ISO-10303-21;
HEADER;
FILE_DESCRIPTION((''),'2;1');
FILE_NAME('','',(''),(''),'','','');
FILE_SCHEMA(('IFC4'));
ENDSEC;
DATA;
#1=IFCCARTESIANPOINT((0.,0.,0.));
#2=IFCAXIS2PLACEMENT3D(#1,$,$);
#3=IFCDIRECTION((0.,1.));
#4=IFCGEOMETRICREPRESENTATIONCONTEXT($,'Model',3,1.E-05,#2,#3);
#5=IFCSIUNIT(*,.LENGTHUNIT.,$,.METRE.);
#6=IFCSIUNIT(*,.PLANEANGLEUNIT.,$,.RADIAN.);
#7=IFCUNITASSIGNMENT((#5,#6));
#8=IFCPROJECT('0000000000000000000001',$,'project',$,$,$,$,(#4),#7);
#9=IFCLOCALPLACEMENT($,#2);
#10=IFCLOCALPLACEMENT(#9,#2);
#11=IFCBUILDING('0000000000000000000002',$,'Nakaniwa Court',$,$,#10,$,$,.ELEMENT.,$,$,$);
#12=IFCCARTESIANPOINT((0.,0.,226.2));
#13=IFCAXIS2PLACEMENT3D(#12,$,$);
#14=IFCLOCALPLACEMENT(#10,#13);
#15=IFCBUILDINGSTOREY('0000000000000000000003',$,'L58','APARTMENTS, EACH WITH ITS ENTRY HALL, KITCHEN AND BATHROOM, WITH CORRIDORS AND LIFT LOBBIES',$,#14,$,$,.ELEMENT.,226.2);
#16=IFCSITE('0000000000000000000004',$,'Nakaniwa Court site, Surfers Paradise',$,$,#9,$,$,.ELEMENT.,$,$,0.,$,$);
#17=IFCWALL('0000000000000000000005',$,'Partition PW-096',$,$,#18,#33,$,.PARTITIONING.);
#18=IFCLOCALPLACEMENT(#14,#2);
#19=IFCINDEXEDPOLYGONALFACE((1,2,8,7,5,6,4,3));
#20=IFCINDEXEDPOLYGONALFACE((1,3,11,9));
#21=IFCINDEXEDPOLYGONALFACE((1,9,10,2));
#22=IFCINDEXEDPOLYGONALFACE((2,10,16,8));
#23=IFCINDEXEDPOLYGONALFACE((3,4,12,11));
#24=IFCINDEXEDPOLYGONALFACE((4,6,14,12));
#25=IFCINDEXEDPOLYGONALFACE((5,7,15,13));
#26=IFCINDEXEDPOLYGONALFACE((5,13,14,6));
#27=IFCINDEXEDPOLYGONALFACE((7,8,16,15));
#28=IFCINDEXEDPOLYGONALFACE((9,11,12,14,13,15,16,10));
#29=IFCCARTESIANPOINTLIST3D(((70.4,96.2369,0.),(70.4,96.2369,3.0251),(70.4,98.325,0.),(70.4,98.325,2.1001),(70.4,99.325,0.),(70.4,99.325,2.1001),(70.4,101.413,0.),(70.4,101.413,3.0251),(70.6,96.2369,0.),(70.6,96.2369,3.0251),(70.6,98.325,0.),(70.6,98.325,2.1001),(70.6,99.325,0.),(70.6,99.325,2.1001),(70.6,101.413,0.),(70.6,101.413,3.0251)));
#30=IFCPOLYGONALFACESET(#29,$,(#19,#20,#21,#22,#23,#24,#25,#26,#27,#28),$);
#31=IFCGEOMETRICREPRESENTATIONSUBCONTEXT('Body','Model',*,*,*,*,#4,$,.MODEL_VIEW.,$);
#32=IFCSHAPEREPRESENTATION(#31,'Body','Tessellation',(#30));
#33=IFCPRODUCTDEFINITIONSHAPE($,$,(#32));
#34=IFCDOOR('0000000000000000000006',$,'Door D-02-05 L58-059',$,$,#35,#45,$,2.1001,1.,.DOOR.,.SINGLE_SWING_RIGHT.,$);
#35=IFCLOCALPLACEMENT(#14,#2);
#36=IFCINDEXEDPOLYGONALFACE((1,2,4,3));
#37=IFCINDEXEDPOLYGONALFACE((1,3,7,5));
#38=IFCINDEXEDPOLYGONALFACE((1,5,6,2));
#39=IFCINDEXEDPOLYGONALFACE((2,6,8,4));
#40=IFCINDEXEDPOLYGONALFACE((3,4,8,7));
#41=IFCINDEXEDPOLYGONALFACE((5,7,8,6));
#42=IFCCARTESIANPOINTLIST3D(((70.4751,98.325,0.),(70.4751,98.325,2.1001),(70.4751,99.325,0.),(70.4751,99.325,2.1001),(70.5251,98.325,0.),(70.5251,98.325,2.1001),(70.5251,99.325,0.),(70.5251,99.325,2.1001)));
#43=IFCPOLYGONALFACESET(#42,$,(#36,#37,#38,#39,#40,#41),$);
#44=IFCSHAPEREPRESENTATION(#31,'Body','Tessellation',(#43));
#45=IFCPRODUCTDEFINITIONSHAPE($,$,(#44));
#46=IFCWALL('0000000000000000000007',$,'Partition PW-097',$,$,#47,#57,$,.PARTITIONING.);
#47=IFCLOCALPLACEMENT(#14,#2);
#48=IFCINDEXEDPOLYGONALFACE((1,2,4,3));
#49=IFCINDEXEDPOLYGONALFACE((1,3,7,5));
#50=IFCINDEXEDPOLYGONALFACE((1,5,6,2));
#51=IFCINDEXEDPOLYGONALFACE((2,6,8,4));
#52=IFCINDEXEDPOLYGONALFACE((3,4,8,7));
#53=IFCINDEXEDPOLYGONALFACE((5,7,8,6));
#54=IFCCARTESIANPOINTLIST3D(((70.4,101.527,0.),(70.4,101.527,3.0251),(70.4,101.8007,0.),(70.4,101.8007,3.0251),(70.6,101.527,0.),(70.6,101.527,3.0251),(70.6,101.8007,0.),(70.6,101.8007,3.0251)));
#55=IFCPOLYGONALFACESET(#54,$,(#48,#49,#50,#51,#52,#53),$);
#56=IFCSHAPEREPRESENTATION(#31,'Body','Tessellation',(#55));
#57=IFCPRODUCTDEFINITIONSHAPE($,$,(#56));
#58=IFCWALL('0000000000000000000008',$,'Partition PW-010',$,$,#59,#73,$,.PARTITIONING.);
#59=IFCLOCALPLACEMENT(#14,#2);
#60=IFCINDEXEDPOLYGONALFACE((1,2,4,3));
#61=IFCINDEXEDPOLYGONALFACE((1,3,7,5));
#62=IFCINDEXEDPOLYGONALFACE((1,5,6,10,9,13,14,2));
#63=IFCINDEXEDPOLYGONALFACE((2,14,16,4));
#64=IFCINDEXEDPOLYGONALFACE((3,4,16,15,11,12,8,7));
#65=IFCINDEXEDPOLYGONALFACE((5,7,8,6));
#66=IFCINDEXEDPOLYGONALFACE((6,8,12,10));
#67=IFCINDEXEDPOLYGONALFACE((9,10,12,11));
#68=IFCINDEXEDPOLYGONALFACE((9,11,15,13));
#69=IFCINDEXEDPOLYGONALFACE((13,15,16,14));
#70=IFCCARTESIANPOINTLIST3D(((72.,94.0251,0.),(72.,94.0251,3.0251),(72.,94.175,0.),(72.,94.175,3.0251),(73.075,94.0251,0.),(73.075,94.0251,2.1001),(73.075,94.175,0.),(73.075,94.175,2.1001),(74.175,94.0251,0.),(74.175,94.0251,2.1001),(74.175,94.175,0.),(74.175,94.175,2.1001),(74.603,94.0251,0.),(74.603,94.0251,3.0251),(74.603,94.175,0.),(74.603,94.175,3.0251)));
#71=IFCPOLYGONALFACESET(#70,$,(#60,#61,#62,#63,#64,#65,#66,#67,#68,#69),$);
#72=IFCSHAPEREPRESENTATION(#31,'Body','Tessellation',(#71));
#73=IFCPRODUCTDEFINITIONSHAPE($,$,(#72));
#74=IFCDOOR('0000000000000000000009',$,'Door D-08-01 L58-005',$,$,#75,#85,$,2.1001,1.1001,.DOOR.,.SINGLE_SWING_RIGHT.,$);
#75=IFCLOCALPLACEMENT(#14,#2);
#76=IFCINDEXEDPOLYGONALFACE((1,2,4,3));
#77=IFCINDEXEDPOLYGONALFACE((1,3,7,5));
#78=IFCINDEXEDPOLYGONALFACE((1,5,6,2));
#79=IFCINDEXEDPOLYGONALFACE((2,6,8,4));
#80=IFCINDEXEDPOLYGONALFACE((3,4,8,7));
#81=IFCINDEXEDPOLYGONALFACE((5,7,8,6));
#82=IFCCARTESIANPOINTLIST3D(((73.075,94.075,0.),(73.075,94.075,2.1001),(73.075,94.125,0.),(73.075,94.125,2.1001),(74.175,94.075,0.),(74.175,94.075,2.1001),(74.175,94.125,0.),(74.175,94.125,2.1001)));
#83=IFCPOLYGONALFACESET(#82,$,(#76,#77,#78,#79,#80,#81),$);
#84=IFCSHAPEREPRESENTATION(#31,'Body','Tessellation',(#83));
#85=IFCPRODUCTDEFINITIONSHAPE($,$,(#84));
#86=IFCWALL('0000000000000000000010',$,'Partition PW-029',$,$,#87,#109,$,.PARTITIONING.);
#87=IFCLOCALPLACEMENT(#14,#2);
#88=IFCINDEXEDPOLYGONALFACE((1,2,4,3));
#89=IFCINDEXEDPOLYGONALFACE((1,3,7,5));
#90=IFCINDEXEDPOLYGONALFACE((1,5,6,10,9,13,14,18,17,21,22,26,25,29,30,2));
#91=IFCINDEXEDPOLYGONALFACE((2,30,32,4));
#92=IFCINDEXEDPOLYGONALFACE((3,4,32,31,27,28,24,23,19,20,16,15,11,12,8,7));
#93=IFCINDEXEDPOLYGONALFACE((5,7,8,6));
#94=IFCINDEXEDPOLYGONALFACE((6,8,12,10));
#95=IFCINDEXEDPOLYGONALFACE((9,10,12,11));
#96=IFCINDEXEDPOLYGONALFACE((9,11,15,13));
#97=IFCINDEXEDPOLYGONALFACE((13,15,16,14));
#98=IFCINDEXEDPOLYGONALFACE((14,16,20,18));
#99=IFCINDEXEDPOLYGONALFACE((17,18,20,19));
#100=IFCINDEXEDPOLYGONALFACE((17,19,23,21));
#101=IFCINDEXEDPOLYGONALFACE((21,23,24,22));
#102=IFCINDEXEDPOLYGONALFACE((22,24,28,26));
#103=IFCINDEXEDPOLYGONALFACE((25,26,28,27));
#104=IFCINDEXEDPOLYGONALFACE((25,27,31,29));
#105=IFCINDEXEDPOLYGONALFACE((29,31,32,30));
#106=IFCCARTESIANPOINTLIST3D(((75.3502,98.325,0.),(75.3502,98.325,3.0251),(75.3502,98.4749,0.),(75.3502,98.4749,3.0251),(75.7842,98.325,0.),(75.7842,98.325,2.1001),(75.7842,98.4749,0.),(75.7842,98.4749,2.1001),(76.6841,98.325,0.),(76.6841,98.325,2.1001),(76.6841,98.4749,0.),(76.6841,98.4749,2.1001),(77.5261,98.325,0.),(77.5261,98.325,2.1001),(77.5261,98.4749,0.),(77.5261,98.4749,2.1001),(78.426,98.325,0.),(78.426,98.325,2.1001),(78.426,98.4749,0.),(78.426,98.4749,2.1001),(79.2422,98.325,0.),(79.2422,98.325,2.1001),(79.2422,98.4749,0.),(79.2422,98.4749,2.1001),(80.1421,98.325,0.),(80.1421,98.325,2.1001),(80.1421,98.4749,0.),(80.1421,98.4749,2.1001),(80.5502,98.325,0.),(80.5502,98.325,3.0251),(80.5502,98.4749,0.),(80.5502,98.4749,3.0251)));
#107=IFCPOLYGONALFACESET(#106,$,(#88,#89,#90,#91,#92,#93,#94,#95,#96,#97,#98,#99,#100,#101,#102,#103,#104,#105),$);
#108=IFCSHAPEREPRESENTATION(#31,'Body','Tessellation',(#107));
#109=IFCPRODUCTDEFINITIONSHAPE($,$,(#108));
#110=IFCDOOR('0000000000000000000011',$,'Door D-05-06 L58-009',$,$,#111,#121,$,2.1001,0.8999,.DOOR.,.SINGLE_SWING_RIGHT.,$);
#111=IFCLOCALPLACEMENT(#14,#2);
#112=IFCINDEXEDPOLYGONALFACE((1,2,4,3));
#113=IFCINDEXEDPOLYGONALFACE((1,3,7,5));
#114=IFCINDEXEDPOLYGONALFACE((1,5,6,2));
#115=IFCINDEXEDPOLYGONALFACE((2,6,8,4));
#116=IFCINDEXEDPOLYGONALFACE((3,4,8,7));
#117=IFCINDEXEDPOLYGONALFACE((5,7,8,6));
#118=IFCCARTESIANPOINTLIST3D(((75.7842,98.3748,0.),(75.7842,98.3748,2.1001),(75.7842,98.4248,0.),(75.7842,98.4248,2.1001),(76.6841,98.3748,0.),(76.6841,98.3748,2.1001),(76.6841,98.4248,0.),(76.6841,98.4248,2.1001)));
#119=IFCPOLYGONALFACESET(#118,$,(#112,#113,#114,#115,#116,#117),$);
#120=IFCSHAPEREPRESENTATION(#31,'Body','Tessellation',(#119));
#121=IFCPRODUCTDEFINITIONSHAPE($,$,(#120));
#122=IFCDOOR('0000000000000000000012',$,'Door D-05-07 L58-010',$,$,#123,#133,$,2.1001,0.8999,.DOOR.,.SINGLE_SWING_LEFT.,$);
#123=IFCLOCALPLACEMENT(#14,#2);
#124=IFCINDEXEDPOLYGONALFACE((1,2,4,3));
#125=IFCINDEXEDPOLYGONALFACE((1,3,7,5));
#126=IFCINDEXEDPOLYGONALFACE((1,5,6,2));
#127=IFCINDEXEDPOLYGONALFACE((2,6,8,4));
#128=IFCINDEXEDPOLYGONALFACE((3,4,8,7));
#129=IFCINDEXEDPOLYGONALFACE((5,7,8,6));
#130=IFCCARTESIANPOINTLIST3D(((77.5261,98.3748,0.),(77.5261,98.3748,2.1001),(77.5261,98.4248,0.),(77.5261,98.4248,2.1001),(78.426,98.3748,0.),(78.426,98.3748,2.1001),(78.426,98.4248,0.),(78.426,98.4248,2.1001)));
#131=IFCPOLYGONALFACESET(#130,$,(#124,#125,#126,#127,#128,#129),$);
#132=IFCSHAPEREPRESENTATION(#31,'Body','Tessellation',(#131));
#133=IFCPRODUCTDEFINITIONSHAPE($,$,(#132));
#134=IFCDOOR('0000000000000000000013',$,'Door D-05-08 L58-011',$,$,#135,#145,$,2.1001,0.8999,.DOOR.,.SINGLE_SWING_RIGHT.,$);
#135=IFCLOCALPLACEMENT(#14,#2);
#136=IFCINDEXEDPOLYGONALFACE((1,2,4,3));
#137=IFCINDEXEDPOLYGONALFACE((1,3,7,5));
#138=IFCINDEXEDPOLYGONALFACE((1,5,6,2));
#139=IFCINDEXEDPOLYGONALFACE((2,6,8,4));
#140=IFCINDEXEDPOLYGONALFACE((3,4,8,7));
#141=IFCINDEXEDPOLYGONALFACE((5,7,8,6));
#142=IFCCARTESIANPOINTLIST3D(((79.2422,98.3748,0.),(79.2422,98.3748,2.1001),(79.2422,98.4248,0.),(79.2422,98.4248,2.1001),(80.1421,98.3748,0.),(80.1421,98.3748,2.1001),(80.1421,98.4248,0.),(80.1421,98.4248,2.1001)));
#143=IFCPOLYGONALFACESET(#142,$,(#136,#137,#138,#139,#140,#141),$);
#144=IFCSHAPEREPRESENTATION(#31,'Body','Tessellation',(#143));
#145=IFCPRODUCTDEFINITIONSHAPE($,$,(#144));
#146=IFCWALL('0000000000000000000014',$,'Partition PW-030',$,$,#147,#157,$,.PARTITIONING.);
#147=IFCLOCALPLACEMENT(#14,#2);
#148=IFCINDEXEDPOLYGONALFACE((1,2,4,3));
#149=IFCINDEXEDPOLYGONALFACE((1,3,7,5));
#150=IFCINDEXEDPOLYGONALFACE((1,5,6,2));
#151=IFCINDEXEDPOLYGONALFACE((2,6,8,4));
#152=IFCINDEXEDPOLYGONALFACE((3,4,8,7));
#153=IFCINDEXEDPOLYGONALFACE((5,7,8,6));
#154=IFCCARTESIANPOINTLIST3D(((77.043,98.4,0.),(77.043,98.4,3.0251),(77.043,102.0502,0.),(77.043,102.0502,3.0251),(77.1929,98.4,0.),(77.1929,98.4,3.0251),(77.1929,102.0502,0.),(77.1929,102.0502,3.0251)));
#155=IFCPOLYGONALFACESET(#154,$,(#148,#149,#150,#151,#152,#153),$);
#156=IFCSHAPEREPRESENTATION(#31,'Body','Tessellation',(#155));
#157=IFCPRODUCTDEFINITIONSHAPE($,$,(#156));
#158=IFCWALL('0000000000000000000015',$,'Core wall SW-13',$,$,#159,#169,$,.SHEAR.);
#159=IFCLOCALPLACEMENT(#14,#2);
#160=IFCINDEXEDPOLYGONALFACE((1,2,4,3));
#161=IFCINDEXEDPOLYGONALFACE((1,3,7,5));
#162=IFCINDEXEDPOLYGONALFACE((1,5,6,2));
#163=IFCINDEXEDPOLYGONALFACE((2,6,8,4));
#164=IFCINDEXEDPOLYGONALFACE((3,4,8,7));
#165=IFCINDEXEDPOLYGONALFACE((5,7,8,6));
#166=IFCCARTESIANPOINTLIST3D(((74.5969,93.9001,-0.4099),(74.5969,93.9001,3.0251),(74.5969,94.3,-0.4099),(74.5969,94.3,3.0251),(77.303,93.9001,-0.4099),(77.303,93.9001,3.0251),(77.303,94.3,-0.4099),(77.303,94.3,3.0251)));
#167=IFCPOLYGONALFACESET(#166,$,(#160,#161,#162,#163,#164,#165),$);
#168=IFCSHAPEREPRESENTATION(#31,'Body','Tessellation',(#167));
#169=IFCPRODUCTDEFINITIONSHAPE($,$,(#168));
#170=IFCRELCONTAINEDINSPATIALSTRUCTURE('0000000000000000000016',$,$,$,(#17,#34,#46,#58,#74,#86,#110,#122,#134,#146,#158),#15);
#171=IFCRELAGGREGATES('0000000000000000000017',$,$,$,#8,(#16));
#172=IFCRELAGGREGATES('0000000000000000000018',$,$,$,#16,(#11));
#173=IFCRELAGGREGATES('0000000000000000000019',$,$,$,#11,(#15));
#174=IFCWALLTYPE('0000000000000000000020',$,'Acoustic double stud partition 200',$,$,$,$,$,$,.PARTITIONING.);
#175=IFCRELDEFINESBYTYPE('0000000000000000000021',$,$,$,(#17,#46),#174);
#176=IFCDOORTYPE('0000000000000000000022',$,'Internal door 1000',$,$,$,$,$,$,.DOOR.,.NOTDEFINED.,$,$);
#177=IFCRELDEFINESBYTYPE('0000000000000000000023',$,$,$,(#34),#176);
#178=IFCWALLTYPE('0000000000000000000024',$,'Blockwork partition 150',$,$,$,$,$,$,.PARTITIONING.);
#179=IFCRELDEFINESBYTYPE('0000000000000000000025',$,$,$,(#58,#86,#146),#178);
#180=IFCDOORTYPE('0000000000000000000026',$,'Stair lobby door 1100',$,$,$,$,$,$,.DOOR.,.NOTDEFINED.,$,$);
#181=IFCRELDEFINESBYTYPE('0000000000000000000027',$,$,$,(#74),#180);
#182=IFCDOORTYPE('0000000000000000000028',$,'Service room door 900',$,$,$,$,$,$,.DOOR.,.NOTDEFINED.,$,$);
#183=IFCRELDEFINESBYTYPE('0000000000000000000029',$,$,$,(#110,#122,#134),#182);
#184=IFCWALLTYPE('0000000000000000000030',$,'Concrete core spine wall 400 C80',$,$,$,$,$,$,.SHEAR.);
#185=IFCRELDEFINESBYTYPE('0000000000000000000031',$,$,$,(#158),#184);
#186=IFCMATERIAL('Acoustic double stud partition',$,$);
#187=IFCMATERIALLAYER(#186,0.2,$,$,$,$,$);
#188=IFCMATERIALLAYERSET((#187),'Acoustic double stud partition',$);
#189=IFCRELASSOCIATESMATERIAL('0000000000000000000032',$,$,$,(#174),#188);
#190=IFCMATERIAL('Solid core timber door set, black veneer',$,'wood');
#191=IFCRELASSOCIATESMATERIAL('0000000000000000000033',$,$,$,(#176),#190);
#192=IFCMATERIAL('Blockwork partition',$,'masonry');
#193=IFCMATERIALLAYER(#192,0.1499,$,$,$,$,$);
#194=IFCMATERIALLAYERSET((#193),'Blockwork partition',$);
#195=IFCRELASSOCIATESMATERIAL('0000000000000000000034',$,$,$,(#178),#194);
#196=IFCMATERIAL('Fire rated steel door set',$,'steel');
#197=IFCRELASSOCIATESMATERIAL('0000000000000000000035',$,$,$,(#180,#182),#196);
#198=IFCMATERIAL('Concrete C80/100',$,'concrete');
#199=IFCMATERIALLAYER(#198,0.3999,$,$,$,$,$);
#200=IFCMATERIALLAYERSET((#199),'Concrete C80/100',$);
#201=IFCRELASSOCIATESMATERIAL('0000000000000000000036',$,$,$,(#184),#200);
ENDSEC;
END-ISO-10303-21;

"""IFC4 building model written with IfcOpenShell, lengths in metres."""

from ifc_helpers import new_model, si_unit, direction, frame, frame_2d, origin, place, context, subcontext, project, spatial, rectangle, extrude, material, layer, layer_set, type_object, element, fill, save


model = new_model("IFC4")

# Units and contexts
model_context = context("Model", 3, precision=1e-05, world=origin(), true_north=direction((0.0, 1.0)))
body_context = subcontext(model_context, "Body", "Model", "MODEL_VIEW")
ifc_project = project(units=[si_unit("LENGTHUNIT", "METRE"), si_unit("PLANEANGLEUNIT", "RADIAN")], contexts=[model_context])

# Site, building, storey
site_placement = place(None, origin())
site = spatial("IfcSite", under=ifc_project, at=site_placement, Name="Nakaniwa Court site, Surfers Paradise", CompositionType="ELEMENT", RefElevation=0.0)
building_placement = place(site_placement, origin())
building = spatial("IfcBuilding", under=site, at=building_placement, Name="Nakaniwa Court", CompositionType="ELEMENT")
storey_placement = place(building_placement, frame((0.0, 0.0, 226.2)))
storey = spatial("IfcBuildingStorey", under=building, at=storey_placement, Name="L58", Description="APARTMENTS, EACH WITH ITS ENTRY HALL, KITCHEN AND BATHROOM, WITH CORRIDORS AND LIFT LOBBIES", CompositionType="ELEMENT", Elevation=226.2)

# Wall, opening, door
ifc_material_1 = material(Name="Acoustic double stud partition")
ifc_layer_1 = layer(ifc_material_1, 0.2)
ifc_layer_set_1 = layer_set([ifc_layer_1], Name="Acoustic double stud partition")
wall_type_1 = type_object("IfcWallType", Name="Acoustic double stud partition 200", PredefinedType="PARTITIONING", material=ifc_layer_set_1)
wall_1_placement = place(storey_placement, frame((70.5, 96.2371, 0.0), z_axis=(0.0, 0.0, 1.0), x_axis=(0.0, 1.0, 0.0)))
wall_1 = element("IfcWall", 1, at=wall_1_placement, inside=storey, type_object=wall_type_1, Name="Partition PW-096", PredefinedType="PARTITIONING", context=body_context, shape_type="SweptSolid", body=[
    extrude(rectangle(XDim=5.176, YDim=0.2, at=frame_2d((2.5879, 0.0))), origin(), (0.0, 0.0, 1.0), 3.0251),
])
opening_1_placement = place(wall_1_placement, frame((2.0879, 0.0, 0.0)))
opening_1 = element("IfcOpeningElement", 2, at=opening_1_placement, cuts=wall_1, PredefinedType="OPENING", context=body_context, shape_type="SweptSolid", body=[
    extrude(rectangle(XDim=1.0, YDim=2.1001, at=frame_2d((0.5, 1.05))), frame((0.0, 0.1099, 0.0), z_axis=(0.0, -1.0, 0.0), x_axis=(1.0, 0.0, 0.0)), (0.0, 0.0, 1.0), 0.22),
])
ifc_material_2 = material(Name="Solid core timber door set, black veneer", Category="wood")
door_type_1 = type_object("IfcDoorType", Name="Internal door 1000", OperationType="NOTDEFINED", PredefinedType="DOOR", material=ifc_material_2)
door_1_placement = place(opening_1_placement, origin())
door_1 = element("IfcDoor", 3, at=door_1_placement, inside=storey, type_object=door_type_1, Name="Door D-02-05 L58-059", OperationType="SINGLE_SWING_RIGHT", OverallHeight=2.1001, OverallWidth=1.0, PredefinedType="DOOR", context=body_context, shape_type="SweptSolid", body=[
    extrude(rectangle(XDim=1.0, YDim=2.1001, at=frame_2d((0.5, 1.05))), frame((0.0, 0.0249, 0.0), z_axis=(0.0, -1.0, 0.0), x_axis=(1.0, 0.0, 0.0)), (0.0, 0.0, 1.0), 0.05),
])
fill(opening_1, door_1)

# Wall
wall_2_placement = place(storey_placement, frame((70.5, 101.5271, 0.0), z_axis=(0.0, 0.0, 1.0), x_axis=(0.0, 1.0, 0.0)))
element("IfcWall", 4, at=wall_2_placement, inside=storey, type_object=wall_type_1, Name="Partition PW-097", PredefinedType="PARTITIONING", context=body_context, shape_type="SweptSolid", body=[
    extrude(rectangle(XDim=0.2737, YDim=0.2, at=frame_2d((0.1367, 0.0))), origin(), (0.0, 0.0, 1.0), 3.0251),
])

# Wall, opening, door
ifc_material_3 = material(Name="Blockwork partition", Category="masonry")
ifc_layer_2 = layer(ifc_material_3, 0.1499)
ifc_layer_set_2 = layer_set([ifc_layer_2], Name="Blockwork partition")
wall_type_2 = type_object("IfcWallType", Name="Blockwork partition 150", PredefinedType="PARTITIONING", material=ifc_layer_set_2)
wall_3_placement = place(storey_placement, frame((72.0, 94.1001, 0.0), z_axis=(0.0, 0.0, 1.0), x_axis=(1.0, 0.0, 0.0)))
wall_3 = element("IfcWall", 5, at=wall_3_placement, inside=storey, type_object=wall_type_2, Name="Partition PW-010", PredefinedType="PARTITIONING", context=body_context, shape_type="SweptSolid", body=[
    extrude(rectangle(XDim=2.603, YDim=0.1499, at=frame_2d((1.3015, 0.0))), origin(), (0.0, 0.0, 1.0), 3.0251),
])
opening_2_placement = place(wall_3_placement, frame((1.075, 0.0, 0.0)))
opening_2 = element("IfcOpeningElement", 6, at=opening_2_placement, cuts=wall_3, PredefinedType="OPENING", context=body_context, shape_type="SweptSolid", body=[
    extrude(rectangle(XDim=1.1001, YDim=2.1001, at=frame_2d((0.55, 1.05))), frame((0.0, 0.085, 0.0), z_axis=(0.0, -1.0, 0.0), x_axis=(1.0, 0.0, 0.0)), (0.0, 0.0, 1.0), 0.1699),
])
ifc_material_4 = material(Name="Fire rated steel door set", Category="steel")
door_type_2 = type_object("IfcDoorType", Name="Stair lobby door 1100", OperationType="NOTDEFINED", PredefinedType="DOOR", material=ifc_material_4)
door_2_placement = place(opening_2_placement, origin())
door_2 = element("IfcDoor", 7, at=door_2_placement, inside=storey, type_object=door_type_2, Name="Door D-08-01 L58-005", OperationType="SINGLE_SWING_RIGHT", OverallHeight=2.1001, OverallWidth=1.1001, PredefinedType="DOOR", context=body_context, shape_type="SweptSolid", body=[
    extrude(rectangle(XDim=1.1001, YDim=2.1001, at=frame_2d((0.55, 1.05))), frame((0.0, 0.0249, 0.0), z_axis=(0.0, -1.0, 0.0), x_axis=(1.0, 0.0, 0.0)), (0.0, 0.0, 1.0), 0.05),
])
fill(opening_2, door_2)

# Wall, openings, doors
wall_4_placement = place(storey_placement, frame((75.3501, 98.3999, 0.0), z_axis=(0.0, 0.0, 1.0), x_axis=(1.0, 0.0, 0.0)))
wall_4 = element("IfcWall", 8, at=wall_4_placement, inside=storey, type_object=wall_type_2, Name="Partition PW-029", PredefinedType="PARTITIONING", context=body_context, shape_type="SweptSolid", body=[
    extrude(rectangle(XDim=5.2, YDim=0.1499, at=frame_2d((2.6001, 0.0))), origin(), (0.0, 0.0, 1.0), 3.0251),
])
opening_3_placement = place(wall_4_placement, frame((0.4341, 0.0, 0.0)))
opening_3 = element("IfcOpeningElement", 9, at=opening_3_placement, cuts=wall_4, PredefinedType="OPENING", context=body_context, shape_type="SweptSolid", body=[
    extrude(rectangle(XDim=0.8999, YDim=2.1001, at=frame_2d((0.45, 1.05))), frame((0.0, 0.085, 0.0), z_axis=(0.0, -1.0, 0.0), x_axis=(1.0, 0.0, 0.0)), (0.0, 0.0, 1.0), 0.1699),
])
opening_4_placement = place(wall_4_placement, frame((2.176, 0.0, 0.0)))
opening_4 = element("IfcOpeningElement", 10, at=opening_4_placement, cuts=wall_4, PredefinedType="OPENING", context=body_context, shape_type="SweptSolid", body=[
    extrude(rectangle(XDim=0.8999, YDim=2.1001, at=frame_2d((0.45, 1.05))), frame((0.0, 0.085, 0.0), z_axis=(0.0, -1.0, 0.0), x_axis=(1.0, 0.0, 0.0)), (0.0, 0.0, 1.0), 0.1699),
])
opening_5_placement = place(wall_4_placement, frame((3.8921, 0.0, 0.0)))
opening_5 = element("IfcOpeningElement", 11, at=opening_5_placement, cuts=wall_4, PredefinedType="OPENING", context=body_context, shape_type="SweptSolid", body=[
    extrude(rectangle(XDim=0.8999, YDim=2.1001, at=frame_2d((0.45, 1.05))), frame((0.0, 0.085, 0.0), z_axis=(0.0, -1.0, 0.0), x_axis=(1.0, 0.0, 0.0)), (0.0, 0.0, 1.0), 0.1699),
])
door_type_3 = type_object("IfcDoorType", Name="Service room door 900", OperationType="NOTDEFINED", PredefinedType="DOOR", material=ifc_material_4)
door_3_placement = place(opening_3_placement, origin())
door_3 = element("IfcDoor", 12, at=door_3_placement, inside=storey, type_object=door_type_3, Name="Door D-05-06 L58-009", OperationType="SINGLE_SWING_RIGHT", OverallHeight=2.1001, OverallWidth=0.8999, PredefinedType="DOOR", context=body_context, shape_type="SweptSolid", body=[
    extrude(rectangle(XDim=0.8999, YDim=2.1001, at=frame_2d((0.45, 1.05))), frame((0.0, 0.0249, 0.0), z_axis=(0.0, -1.0, 0.0), x_axis=(1.0, 0.0, 0.0)), (0.0, 0.0, 1.0), 0.05),
])
fill(opening_3, door_3)
door_4_placement = place(opening_4_placement, origin())
door_4 = element("IfcDoor", 13, at=door_4_placement, inside=storey, type_object=door_type_3, Name="Door D-05-07 L58-010", OperationType="SINGLE_SWING_LEFT", OverallHeight=2.1001, OverallWidth=0.8999, PredefinedType="DOOR", context=body_context, shape_type="SweptSolid", body=[
    extrude(rectangle(XDim=0.8999, YDim=2.1001, at=frame_2d((0.45, 1.05))), frame((0.0, 0.0249, 0.0), z_axis=(0.0, -1.0, 0.0), x_axis=(1.0, 0.0, 0.0)), (0.0, 0.0, 1.0), 0.05),
])
fill(opening_4, door_4)
door_5_placement = place(opening_5_placement, origin())
door_5 = element("IfcDoor", 14, at=door_5_placement, inside=storey, type_object=door_type_3, Name="Door D-05-08 L58-011", OperationType="SINGLE_SWING_RIGHT", OverallHeight=2.1001, OverallWidth=0.8999, PredefinedType="DOOR", context=body_context, shape_type="SweptSolid", body=[
    extrude(rectangle(XDim=0.8999, YDim=2.1001, at=frame_2d((0.45, 1.05))), frame((0.0, 0.0249, 0.0), z_axis=(0.0, -1.0, 0.0), x_axis=(1.0, 0.0, 0.0)), (0.0, 0.0, 1.0), 0.05),
])
fill(opening_5, door_5)

# Walls
wall_5_placement = place(storey_placement, frame((77.1179, 98.3999, 0.0), z_axis=(0.0, 0.0, 1.0), x_axis=(0.0, 1.0, 0.0)))
element("IfcWall", 15, at=wall_5_placement, inside=storey, type_object=wall_type_2, Name="Partition PW-030", PredefinedType="PARTITIONING", context=body_context, shape_type="SweptSolid", body=[
    extrude(rectangle(XDim=3.6501, YDim=0.1499, at=frame_2d((1.8252, 0.0))), origin(), (0.0, 0.0, 1.0), 3.0251),
])
ifc_material_5 = material(Name="Concrete C80/100", Category="concrete")
ifc_layer_3 = layer(ifc_material_5, 0.3999)
ifc_layer_set_3 = layer_set([ifc_layer_3], Name="Concrete C80/100")
wall_type_3 = type_object("IfcWallType", Name="Concrete core spine wall 400 C80", PredefinedType="SHEAR", material=ifc_layer_set_3)
wall_6_placement = place(storey_placement, frame((74.5969, 94.1001, -0.4099), z_axis=(0.0, 0.0, 1.0), x_axis=(1.0, 0.0, 0.0)))
element("IfcWall", 16, at=wall_6_placement, inside=storey, type_object=wall_type_3, Name="Core wall SW-13", PredefinedType="SHEAR", context=body_context, shape_type="SweptSolid", body=[
    extrude(rectangle(XDim=2.7061, YDim=0.3999, at=frame_2d((1.353, 0.0))), origin(), (0.0, 0.0, 1.0), 3.4351),
])

save(model, "model.ifc")
